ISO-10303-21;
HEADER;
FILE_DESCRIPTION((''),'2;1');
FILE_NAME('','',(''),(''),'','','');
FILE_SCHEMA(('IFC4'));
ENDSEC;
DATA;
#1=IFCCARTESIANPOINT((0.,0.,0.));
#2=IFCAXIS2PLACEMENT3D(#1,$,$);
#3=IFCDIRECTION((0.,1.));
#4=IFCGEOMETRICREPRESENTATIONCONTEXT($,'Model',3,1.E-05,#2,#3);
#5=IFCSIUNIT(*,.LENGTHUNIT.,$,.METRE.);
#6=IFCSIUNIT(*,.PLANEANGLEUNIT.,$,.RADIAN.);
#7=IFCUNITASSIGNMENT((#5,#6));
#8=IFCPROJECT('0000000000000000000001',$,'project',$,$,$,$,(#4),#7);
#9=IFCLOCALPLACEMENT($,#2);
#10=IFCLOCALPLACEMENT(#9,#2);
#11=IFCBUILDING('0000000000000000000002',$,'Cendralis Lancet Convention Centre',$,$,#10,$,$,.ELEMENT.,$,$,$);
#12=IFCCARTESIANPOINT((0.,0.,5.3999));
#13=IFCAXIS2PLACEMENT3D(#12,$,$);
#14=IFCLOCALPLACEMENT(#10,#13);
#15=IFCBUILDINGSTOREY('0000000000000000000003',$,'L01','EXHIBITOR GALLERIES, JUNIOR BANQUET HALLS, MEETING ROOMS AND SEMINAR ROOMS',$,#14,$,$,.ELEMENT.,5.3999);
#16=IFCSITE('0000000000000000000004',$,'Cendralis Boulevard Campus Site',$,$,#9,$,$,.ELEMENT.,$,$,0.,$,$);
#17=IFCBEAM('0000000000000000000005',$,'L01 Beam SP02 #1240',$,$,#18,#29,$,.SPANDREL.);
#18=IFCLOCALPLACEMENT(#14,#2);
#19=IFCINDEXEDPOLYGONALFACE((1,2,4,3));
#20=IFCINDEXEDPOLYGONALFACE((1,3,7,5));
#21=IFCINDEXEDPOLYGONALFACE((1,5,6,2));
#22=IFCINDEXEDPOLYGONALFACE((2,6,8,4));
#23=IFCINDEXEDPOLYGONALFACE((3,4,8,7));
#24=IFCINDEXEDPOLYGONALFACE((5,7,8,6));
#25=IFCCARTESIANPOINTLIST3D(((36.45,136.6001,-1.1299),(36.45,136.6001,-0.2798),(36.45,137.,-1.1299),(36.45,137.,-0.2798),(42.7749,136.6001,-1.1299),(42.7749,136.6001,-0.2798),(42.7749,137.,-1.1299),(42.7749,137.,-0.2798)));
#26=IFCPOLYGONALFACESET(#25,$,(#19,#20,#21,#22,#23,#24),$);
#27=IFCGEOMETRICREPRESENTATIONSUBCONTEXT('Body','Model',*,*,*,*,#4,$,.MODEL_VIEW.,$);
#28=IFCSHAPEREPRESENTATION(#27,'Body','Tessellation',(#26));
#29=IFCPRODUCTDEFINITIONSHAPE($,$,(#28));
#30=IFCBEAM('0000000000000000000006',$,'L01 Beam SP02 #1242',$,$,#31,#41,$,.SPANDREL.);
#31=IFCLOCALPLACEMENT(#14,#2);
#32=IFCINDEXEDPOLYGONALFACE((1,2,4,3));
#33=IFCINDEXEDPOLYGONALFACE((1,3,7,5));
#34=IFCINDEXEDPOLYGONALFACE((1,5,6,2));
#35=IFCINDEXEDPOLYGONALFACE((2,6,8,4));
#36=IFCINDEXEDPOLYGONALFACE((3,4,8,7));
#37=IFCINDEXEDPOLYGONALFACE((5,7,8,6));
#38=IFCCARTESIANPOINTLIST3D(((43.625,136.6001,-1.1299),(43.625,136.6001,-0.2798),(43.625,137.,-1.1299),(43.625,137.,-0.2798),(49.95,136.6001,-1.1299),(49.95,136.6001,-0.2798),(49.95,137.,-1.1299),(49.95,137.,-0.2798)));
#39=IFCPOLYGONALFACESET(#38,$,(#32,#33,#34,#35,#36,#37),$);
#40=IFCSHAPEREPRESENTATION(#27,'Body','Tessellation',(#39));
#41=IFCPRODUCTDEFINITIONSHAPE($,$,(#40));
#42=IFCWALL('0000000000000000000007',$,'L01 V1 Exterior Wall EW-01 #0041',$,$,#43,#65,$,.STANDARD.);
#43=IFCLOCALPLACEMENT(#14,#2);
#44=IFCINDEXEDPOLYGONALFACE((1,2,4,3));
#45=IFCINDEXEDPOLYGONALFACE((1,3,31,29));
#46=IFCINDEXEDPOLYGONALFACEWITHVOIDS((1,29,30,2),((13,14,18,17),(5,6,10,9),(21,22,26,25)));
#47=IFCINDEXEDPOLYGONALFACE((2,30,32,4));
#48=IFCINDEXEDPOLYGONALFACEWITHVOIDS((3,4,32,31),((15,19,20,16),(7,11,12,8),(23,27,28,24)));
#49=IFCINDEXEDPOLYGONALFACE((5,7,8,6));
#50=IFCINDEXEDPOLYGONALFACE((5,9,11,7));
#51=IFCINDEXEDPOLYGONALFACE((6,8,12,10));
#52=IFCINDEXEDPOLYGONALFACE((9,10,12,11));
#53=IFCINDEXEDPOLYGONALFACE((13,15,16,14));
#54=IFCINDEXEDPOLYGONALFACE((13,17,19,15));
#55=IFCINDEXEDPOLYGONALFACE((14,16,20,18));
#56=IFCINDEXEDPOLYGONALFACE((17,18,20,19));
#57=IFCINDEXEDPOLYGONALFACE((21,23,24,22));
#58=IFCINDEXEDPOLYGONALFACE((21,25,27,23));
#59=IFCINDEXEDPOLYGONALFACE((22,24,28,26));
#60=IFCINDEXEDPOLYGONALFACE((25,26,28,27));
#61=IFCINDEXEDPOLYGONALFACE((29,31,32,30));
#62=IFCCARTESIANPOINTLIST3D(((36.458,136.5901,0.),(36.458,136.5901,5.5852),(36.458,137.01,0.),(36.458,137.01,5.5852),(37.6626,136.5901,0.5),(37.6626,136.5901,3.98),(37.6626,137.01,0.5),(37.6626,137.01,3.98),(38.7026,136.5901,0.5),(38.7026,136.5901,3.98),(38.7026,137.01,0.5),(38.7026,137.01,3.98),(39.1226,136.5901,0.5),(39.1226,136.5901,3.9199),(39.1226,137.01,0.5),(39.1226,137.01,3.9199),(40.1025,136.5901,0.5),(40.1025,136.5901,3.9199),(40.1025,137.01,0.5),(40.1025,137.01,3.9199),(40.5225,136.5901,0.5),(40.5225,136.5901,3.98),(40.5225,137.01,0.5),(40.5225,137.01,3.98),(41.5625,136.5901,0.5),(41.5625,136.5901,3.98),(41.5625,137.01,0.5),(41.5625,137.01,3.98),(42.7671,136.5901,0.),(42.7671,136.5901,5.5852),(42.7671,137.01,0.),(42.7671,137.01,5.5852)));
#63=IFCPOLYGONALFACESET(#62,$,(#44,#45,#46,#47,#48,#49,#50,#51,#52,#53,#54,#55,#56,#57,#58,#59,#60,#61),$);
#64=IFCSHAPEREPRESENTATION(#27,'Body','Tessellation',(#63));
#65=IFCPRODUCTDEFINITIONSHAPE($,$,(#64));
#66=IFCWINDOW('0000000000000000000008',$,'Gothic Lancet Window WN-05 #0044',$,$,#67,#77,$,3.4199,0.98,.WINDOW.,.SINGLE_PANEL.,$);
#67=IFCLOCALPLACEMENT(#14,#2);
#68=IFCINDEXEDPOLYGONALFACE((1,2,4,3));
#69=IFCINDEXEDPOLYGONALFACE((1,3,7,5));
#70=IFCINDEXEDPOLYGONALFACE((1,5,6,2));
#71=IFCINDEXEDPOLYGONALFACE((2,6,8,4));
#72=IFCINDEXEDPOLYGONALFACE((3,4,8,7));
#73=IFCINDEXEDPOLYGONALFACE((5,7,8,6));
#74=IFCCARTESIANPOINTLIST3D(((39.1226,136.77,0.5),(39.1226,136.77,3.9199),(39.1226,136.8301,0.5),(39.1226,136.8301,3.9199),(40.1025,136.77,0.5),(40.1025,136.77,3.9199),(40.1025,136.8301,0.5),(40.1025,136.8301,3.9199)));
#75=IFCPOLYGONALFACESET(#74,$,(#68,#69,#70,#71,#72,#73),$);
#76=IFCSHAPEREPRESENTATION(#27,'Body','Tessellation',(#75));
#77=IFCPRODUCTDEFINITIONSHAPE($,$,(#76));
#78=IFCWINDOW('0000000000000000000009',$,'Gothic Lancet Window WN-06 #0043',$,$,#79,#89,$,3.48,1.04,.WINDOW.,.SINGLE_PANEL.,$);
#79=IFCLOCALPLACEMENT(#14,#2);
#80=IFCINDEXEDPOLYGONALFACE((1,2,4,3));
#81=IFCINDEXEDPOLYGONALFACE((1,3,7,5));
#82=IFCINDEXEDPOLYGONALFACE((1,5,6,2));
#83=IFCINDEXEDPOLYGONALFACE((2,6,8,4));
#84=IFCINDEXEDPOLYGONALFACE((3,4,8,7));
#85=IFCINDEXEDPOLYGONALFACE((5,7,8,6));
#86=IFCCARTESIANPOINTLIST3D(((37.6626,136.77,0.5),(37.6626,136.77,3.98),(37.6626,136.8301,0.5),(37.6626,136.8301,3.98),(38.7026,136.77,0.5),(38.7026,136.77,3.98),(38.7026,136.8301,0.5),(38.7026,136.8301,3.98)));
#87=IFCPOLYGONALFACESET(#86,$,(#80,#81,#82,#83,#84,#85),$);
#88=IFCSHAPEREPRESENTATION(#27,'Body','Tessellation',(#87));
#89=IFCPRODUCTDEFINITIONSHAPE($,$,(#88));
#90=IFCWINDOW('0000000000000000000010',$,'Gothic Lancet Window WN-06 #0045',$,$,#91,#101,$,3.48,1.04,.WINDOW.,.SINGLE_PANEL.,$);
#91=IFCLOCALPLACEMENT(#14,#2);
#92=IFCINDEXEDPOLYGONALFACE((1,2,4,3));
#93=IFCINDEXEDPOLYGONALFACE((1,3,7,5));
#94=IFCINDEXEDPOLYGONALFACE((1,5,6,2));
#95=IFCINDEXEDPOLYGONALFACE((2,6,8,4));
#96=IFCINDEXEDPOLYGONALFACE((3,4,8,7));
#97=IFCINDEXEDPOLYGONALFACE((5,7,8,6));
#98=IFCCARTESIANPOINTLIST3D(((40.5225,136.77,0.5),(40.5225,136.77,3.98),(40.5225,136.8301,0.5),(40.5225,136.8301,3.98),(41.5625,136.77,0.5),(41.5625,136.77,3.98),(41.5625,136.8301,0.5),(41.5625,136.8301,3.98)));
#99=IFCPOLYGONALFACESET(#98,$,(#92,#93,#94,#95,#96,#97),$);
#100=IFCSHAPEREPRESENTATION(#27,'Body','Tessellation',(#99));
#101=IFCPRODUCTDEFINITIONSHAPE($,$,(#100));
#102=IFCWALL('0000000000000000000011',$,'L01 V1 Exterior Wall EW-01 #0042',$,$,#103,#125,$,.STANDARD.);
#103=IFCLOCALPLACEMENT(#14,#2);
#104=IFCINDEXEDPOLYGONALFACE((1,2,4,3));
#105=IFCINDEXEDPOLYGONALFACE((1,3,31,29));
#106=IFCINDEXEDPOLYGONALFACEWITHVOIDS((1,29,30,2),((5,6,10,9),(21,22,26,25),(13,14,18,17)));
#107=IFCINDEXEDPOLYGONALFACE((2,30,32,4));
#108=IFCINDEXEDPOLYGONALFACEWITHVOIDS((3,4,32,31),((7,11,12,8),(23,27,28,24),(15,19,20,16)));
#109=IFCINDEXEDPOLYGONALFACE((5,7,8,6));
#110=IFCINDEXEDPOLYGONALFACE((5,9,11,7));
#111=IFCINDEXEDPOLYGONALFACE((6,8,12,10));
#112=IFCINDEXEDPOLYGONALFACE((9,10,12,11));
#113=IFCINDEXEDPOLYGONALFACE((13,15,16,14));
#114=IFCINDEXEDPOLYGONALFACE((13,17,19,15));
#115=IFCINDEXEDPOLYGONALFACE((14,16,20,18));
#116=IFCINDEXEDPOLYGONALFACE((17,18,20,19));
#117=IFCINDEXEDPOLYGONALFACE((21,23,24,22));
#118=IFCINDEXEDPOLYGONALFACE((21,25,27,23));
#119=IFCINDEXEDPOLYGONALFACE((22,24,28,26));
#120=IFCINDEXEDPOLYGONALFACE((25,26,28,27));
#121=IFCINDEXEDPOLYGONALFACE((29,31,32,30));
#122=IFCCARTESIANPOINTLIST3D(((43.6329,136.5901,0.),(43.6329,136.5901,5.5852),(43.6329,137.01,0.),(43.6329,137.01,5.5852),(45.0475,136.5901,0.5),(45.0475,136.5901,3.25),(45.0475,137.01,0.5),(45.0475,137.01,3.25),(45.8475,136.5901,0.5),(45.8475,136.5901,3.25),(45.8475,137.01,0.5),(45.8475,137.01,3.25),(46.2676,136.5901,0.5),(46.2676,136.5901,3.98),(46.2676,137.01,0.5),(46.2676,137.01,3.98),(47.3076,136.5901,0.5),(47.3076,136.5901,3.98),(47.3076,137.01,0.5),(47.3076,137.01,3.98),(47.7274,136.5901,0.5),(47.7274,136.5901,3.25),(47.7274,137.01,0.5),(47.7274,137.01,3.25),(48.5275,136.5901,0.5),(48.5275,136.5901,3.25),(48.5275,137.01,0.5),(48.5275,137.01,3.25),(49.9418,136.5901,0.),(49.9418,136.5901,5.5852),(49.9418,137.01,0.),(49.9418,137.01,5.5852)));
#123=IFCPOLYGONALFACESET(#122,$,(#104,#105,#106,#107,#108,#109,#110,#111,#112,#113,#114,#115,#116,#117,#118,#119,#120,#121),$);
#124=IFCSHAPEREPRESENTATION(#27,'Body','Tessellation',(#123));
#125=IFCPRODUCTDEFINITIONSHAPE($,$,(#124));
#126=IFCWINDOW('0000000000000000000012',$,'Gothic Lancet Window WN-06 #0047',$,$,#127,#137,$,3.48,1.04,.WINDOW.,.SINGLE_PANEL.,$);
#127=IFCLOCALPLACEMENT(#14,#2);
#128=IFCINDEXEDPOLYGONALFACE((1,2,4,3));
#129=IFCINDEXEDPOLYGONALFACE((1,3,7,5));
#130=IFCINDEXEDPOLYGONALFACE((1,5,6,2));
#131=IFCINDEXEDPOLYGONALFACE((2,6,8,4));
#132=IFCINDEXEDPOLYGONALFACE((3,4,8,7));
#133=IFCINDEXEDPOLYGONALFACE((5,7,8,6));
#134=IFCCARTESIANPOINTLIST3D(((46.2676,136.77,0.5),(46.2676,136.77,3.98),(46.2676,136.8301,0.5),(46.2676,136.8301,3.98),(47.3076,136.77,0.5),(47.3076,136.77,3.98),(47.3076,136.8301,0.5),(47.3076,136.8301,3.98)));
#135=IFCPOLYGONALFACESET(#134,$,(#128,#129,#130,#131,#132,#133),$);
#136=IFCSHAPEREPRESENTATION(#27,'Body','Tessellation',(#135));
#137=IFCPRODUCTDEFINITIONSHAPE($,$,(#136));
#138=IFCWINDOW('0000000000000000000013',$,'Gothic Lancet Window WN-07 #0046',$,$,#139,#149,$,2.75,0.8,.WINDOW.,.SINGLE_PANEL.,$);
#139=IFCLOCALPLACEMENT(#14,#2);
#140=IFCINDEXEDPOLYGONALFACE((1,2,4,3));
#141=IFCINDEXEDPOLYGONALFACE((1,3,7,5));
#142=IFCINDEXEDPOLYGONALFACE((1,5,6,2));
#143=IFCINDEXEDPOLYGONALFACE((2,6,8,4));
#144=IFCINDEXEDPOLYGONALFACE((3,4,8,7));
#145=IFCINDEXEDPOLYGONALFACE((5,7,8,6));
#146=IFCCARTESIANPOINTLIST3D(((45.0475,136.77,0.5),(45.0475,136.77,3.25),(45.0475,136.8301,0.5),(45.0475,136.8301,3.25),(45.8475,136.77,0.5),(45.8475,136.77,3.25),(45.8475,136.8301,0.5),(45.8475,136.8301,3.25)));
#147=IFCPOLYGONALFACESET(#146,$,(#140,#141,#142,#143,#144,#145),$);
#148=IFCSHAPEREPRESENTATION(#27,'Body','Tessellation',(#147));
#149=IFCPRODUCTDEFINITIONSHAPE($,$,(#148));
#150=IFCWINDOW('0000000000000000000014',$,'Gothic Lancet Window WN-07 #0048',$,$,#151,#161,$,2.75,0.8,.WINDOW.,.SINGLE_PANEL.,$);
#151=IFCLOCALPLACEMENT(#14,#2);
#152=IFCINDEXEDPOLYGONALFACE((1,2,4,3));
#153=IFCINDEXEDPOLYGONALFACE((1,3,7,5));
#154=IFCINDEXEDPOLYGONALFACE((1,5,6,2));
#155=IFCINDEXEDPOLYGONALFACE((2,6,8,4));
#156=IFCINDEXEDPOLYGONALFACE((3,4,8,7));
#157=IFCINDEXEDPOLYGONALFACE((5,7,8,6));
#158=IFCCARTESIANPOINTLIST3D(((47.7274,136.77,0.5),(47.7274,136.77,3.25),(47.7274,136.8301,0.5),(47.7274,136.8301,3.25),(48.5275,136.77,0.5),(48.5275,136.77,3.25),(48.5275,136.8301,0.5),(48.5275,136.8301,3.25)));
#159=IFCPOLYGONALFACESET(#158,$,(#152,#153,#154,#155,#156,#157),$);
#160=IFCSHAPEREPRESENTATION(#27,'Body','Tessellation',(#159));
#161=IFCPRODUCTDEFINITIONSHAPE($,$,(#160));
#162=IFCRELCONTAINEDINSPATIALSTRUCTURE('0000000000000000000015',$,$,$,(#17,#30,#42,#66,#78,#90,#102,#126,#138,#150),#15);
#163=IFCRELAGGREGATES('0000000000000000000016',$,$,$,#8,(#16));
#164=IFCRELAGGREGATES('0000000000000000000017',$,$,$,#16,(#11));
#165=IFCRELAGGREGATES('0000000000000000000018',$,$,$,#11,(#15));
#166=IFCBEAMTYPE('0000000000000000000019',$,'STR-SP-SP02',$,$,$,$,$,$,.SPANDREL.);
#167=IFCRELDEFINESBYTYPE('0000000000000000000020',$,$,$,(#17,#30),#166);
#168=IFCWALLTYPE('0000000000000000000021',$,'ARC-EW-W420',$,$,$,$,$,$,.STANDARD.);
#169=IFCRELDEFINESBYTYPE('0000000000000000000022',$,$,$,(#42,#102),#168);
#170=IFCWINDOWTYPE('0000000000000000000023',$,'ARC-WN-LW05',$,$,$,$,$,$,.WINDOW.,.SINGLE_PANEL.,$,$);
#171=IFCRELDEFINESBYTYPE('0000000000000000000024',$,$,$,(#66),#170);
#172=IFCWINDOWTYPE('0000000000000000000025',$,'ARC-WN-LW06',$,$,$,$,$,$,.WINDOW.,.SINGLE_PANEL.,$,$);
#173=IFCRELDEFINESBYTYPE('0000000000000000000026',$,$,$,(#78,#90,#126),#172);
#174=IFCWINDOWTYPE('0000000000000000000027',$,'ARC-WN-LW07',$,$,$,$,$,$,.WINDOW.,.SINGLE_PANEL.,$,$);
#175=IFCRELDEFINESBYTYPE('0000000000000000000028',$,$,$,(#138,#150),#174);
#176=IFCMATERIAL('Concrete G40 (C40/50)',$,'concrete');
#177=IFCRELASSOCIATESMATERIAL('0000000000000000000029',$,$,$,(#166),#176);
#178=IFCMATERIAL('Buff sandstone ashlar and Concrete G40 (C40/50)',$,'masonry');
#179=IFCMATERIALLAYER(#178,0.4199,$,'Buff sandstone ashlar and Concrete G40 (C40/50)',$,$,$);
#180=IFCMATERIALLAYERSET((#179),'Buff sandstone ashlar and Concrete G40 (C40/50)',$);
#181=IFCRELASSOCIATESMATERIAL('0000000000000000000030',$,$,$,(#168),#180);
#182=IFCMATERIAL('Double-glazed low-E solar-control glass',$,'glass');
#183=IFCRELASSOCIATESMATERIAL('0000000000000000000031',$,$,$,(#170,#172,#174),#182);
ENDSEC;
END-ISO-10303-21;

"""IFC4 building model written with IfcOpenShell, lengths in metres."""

from ifc_helpers import new_model, si_unit, direction, frame, frame_2d, origin, origin_2d, place, context, subcontext, project, spatial, rectangle, extrude, material, layer, layer_set, material_profile, profile_set, type_object, element, fill, save


model = new_model("IFC4")

# Units and contexts
model_context = context("Model", 3, precision=1e-05, world=origin(), true_north=direction((0.0, 1.0)))
body_context = subcontext(model_context, "Body", "Model", "MODEL_VIEW")
ifc_project = project(units=[si_unit("LENGTHUNIT", "METRE"), si_unit("PLANEANGLEUNIT", "RADIAN")], contexts=[model_context])

# Site, building, storey
site_placement = place(None, origin())
site = spatial("IfcSite", under=ifc_project, at=site_placement, Name="Cendralis Boulevard Campus Site", CompositionType="ELEMENT", RefElevation=0.0)
building_placement = place(site_placement, origin())
building = spatial("IfcBuilding", under=site, at=building_placement, Name="Cendralis Lancet Convention Centre", CompositionType="ELEMENT")
storey_placement = place(building_placement, frame((0.0, 0.0, 5.3999)))
storey = spatial("IfcBuildingStorey", under=building, at=storey_placement, Name="L01", Description="EXHIBITOR GALLERIES, JUNIOR BANQUET HALLS, MEETING ROOMS AND SEMINAR ROOMS", CompositionType="ELEMENT", Elevation=5.3999)

# Shared definitions
ifc_material_1 = material(Name="Concrete G40 (C40/50)", Category="concrete")

# Beams
ifc_material_profile_1 = material_profile(ifc_material_1, rectangle(XDim=0.3999, YDim=0.8501, at=origin_2d()), Name="RCB 400x850")
ifc_profile_set_1 = profile_set([ifc_material_profile_1], Name="Concrete G40 (C40/50)")
beam_type_1 = type_object("IfcBeamType", Name="STR-SP-SP02", PredefinedType="SPANDREL", material=ifc_profile_set_1)
for number, where, z_axis, x_axis, name in (
    (1, (36.45, 136.8, -0.7048), (1.0, 0.0, 0.0), (0.0, 1.0, 0.0), "L01 Beam SP02 #1240"),
    (2, (43.625, 136.8, -0.7048), (1.0, 0.0, 0.0), (0.0, 1.0, 0.0), "L01 Beam SP02 #1242"),
):
    element("IfcBeam", number, at=place(storey_placement, frame(where, z_axis=z_axis, x_axis=x_axis)), inside=storey, type_object=beam_type_1, Name=name, PredefinedType="SPANDREL", context=body_context, shape_type="SweptSolid", body=[
        extrude(rectangle(XDim=0.3999, YDim=0.8501, at=origin_2d()), origin(), (0.0, 0.0, 1.0), 6.325),
    ])

# Walls, openings, windows
ifc_material_2 = material(Name="Buff sandstone ashlar and Concrete G40 (C40/50)", Category="masonry")
ifc_layer_1 = layer(ifc_material_2, 0.4199, Name="Buff sandstone ashlar and Concrete G40 (C40/50)")
ifc_layer_set_1 = layer_set([ifc_layer_1], Name="Buff sandstone ashlar and Concrete G40 (C40/50)")
wall_type = type_object("IfcWallType", Name="ARC-EW-W420", PredefinedType="STANDARD", material=ifc_layer_set_1)
wall_1_placement = place(storey_placement, frame((36.458, 136.8, 0.0), z_axis=(0.0, 0.0, 1.0), x_axis=(1.0, 0.0, 0.0)))
wall_1 = element("IfcWall", 3, at=wall_1_placement, inside=storey, type_object=wall_type, Name="L01 V1 Exterior Wall EW-01 #0041", PredefinedType="STANDARD", context=body_context, shape_type="SweptSolid", body=[
    extrude(rectangle(XDim=6.3091, YDim=0.4199, at=frame_2d((3.1545, 0.0))), origin(), (0.0, 0.0, 1.0), 5.5852),
])
opening_1_placement = place(wall_1_placement, frame((1.2046, 0.0, 0.5)))
opening_1 = element("IfcOpeningElement", 4, at=opening_1_placement, cuts=wall_1, PredefinedType="OPENING", context=body_context, shape_type="SweptSolid", body=[
    extrude(rectangle(XDim=1.04, YDim=3.48, at=frame_2d((0.52, 1.74))), frame((0.0, 0.22, 0.0), z_axis=(0.0, -1.0, 0.0), x_axis=(1.0, 0.0, 0.0)), (0.0, 0.0, 1.0), 0.4399),
])
opening_2_placement = place(wall_1_placement, frame((2.6646, 0.0, 0.5)))
opening_2 = element("IfcOpeningElement", 5, at=opening_2_placement, cuts=wall_1, PredefinedType="OPENING", context=body_context, shape_type="SweptSolid", body=[
    extrude(rectangle(XDim=0.98, YDim=3.4199, at=frame_2d((0.49, 1.71))), frame((0.0, 0.22, 0.0), z_axis=(0.0, -1.0, 0.0), x_axis=(1.0, 0.0, 0.0)), (0.0, 0.0, 1.0), 0.4399),
])
opening_3_placement = place(wall_1_placement, frame((4.0645, 0.0, 0.5)))
opening_3 = element("IfcOpeningElement", 6, at=opening_3_placement, cuts=wall_1, PredefinedType="OPENING", context=body_context, shape_type="SweptSolid", body=[
    extrude(rectangle(XDim=1.04, YDim=3.48, at=frame_2d((0.52, 1.74))), frame((0.0, 0.22, 0.0), z_axis=(0.0, -1.0, 0.0), x_axis=(1.0, 0.0, 0.0)), (0.0, 0.0, 1.0), 0.4399),
])
ifc_material_3 = material(Name="Double-glazed low-E solar-control glass", Category="glass")
window_type_1 = type_object("IfcWindowType", Name="ARC-WN-LW05", PartitioningType="SINGLE_PANEL", PredefinedType="WINDOW", material=ifc_material_3)
window_1_placement = place(opening_2_placement, origin())
window_1 = element("IfcWindow", 7, at=window_1_placement, inside=storey, type_object=window_type_1, Name="Gothic Lancet Window WN-05 #0044", OverallHeight=3.4199, OverallWidth=0.98, PartitioningType="SINGLE_PANEL", PredefinedType="WINDOW", context=body_context, shape_type="SweptSolid", body=[
    extrude(rectangle(XDim=0.98, YDim=3.4199, at=frame_2d((0.49, 1.71))), frame((0.0, 0.03, 0.0), z_axis=(0.0, -1.0, 0.0), x_axis=(1.0, 0.0, 0.0)), (0.0, 0.0, 1.0), 0.0601),
])
fill(opening_2, window_1)
window_type_2 = type_object("IfcWindowType", Name="ARC-WN-LW06", PartitioningType="SINGLE_PANEL", PredefinedType="WINDOW", material=ifc_material_3)
window_2_placement = place(opening_1_placement, origin())
window_2 = element("IfcWindow", 8, at=window_2_placement, inside=storey, type_object=window_type_2, Name="Gothic Lancet Window WN-06 #0043", OverallHeight=3.48, OverallWidth=1.04, PartitioningType="SINGLE_PANEL", PredefinedType="WINDOW", context=body_context, shape_type="SweptSolid", body=[
    extrude(rectangle(XDim=1.04, YDim=3.48, at=frame_2d((0.52, 1.74))), frame((0.0, 0.03, 0.0), z_axis=(0.0, -1.0, 0.0), x_axis=(1.0, 0.0, 0.0)), (0.0, 0.0, 1.0), 0.0601),
])
fill(opening_1, window_2)
window_3_placement = place(opening_3_placement, origin())
window_3 = element("IfcWindow", 9, at=window_3_placement, inside=storey, type_object=window_type_2, Name="Gothic Lancet Window WN-06 #0045", OverallHeight=3.48, OverallWidth=1.04, PartitioningType="SINGLE_PANEL", PredefinedType="WINDOW", context=body_context, shape_type="SweptSolid", body=[
    extrude(rectangle(XDim=1.04, YDim=3.48, at=frame_2d((0.52, 1.74))), frame((0.0, 0.03, 0.0), z_axis=(0.0, -1.0, 0.0), x_axis=(1.0, 0.0, 0.0)), (0.0, 0.0, 1.0), 0.0601),
])
fill(opening_3, window_3)
wall_2_placement = place(storey_placement, frame((43.6331, 136.8, 0.0), z_axis=(0.0, 0.0, 1.0), x_axis=(1.0, 0.0, 0.0)))
wall_2 = element("IfcWall", 10, at=wall_2_placement, inside=storey, type_object=wall_type, Name="L01 V1 Exterior Wall EW-01 #0042", PredefinedType="STANDARD", context=body_context, shape_type="SweptSolid", body=[
    extrude(rectangle(XDim=6.3088, YDim=0.4199, at=frame_2d((3.1543, 0.0))), origin(), (0.0, 0.0, 1.0), 5.5852),
])
opening_4_placement = place(wall_2_placement, frame((1.4146, 0.0, 0.5)))
opening_4 = element("IfcOpeningElement", 11, at=opening_4_placement, cuts=wall_2, PredefinedType="OPENING", context=body_context, shape_type="SweptSolid", body=[
    extrude(rectangle(XDim=0.8, YDim=2.75, at=frame_2d((0.3999, 1.375))), frame((0.0, 0.22, 0.0), z_axis=(0.0, -1.0, 0.0), x_axis=(1.0, 0.0, 0.0)), (0.0, 0.0, 1.0), 0.4399),
])
opening_5_placement = place(wall_2_placement, frame((2.6345, 0.0, 0.5)))
opening_5 = element("IfcOpeningElement", 12, at=opening_5_placement, cuts=wall_2, PredefinedType="OPENING", context=body_context, shape_type="SweptSolid", body=[
    extrude(rectangle(XDim=1.04, YDim=3.48, at=frame_2d((0.52, 1.74))), frame((0.0, 0.22, 0.0), z_axis=(0.0, -1.0, 0.0), x_axis=(1.0, 0.0, 0.0)), (0.0, 0.0, 1.0), 0.4399),
])
opening_6_placement = place(wall_2_placement, frame((4.0945, 0.0, 0.5)))
opening_6 = element("IfcOpeningElement", 13, at=opening_6_placement, cuts=wall_2, PredefinedType="OPENING", context=body_context, shape_type="SweptSolid", body=[
    extrude(rectangle(XDim=0.8, YDim=2.75, at=frame_2d((0.3999, 1.375))), frame((0.0, 0.22, 0.0), z_axis=(0.0, -1.0, 0.0), x_axis=(1.0, 0.0, 0.0)), (0.0, 0.0, 1.0), 0.4399),
])
window_4_placement = place(opening_5_placement, origin())
window_4 = element("IfcWindow", 14, at=window_4_placement, inside=storey, type_object=window_type_2, Name="Gothic Lancet Window WN-06 #0047", OverallHeight=3.48, OverallWidth=1.04, PartitioningType="SINGLE_PANEL", PredefinedType="WINDOW", context=body_context, shape_type="SweptSolid", body=[
    extrude(rectangle(XDim=1.04, YDim=3.48, at=frame_2d((0.52, 1.74))), frame((0.0, 0.03, 0.0), z_axis=(0.0, -1.0, 0.0), x_axis=(1.0, 0.0, 0.0)), (0.0, 0.0, 1.0), 0.0601),
])
fill(opening_5, window_4)
window_type_3 = type_object("IfcWindowType", Name="ARC-WN-LW07", PartitioningType="SINGLE_PANEL", PredefinedType="WINDOW", material=ifc_material_3)
window_5_placement = place(opening_4_placement, origin())
window_5 = element("IfcWindow", 15, at=window_5_placement, inside=storey, type_object=window_type_3, Name="Gothic Lancet Window WN-07 #0046", OverallHeight=2.75, OverallWidth=0.8, PartitioningType="SINGLE_PANEL", PredefinedType="WINDOW", context=body_context, shape_type="SweptSolid", body=[
    extrude(rectangle(XDim=0.8, YDim=2.75, at=frame_2d((0.3999, 1.375))), frame((0.0, 0.03, 0.0), z_axis=(0.0, -1.0, 0.0), x_axis=(1.0, 0.0, 0.0)), (0.0, 0.0, 1.0), 0.0601),
])
fill(opening_4, window_5)
window_6_placement = place(opening_6_placement, origin())
window_6 = element("IfcWindow", 16, at=window_6_placement, inside=storey, type_object=window_type_3, Name="Gothic Lancet Window WN-07 #0048", OverallHeight=2.75, OverallWidth=0.8, PartitioningType="SINGLE_PANEL", PredefinedType="WINDOW", context=body_context, shape_type="SweptSolid", body=[
    extrude(rectangle(XDim=0.8, YDim=2.75, at=frame_2d((0.3999, 1.375))), frame((0.0, 0.03, 0.0), z_axis=(0.0, -1.0, 0.0), x_axis=(1.0, 0.0, 0.0)), (0.0, 0.0, 1.0), 0.0601),
])
fill(opening_6, window_6)

save(model, "model.ifc")
